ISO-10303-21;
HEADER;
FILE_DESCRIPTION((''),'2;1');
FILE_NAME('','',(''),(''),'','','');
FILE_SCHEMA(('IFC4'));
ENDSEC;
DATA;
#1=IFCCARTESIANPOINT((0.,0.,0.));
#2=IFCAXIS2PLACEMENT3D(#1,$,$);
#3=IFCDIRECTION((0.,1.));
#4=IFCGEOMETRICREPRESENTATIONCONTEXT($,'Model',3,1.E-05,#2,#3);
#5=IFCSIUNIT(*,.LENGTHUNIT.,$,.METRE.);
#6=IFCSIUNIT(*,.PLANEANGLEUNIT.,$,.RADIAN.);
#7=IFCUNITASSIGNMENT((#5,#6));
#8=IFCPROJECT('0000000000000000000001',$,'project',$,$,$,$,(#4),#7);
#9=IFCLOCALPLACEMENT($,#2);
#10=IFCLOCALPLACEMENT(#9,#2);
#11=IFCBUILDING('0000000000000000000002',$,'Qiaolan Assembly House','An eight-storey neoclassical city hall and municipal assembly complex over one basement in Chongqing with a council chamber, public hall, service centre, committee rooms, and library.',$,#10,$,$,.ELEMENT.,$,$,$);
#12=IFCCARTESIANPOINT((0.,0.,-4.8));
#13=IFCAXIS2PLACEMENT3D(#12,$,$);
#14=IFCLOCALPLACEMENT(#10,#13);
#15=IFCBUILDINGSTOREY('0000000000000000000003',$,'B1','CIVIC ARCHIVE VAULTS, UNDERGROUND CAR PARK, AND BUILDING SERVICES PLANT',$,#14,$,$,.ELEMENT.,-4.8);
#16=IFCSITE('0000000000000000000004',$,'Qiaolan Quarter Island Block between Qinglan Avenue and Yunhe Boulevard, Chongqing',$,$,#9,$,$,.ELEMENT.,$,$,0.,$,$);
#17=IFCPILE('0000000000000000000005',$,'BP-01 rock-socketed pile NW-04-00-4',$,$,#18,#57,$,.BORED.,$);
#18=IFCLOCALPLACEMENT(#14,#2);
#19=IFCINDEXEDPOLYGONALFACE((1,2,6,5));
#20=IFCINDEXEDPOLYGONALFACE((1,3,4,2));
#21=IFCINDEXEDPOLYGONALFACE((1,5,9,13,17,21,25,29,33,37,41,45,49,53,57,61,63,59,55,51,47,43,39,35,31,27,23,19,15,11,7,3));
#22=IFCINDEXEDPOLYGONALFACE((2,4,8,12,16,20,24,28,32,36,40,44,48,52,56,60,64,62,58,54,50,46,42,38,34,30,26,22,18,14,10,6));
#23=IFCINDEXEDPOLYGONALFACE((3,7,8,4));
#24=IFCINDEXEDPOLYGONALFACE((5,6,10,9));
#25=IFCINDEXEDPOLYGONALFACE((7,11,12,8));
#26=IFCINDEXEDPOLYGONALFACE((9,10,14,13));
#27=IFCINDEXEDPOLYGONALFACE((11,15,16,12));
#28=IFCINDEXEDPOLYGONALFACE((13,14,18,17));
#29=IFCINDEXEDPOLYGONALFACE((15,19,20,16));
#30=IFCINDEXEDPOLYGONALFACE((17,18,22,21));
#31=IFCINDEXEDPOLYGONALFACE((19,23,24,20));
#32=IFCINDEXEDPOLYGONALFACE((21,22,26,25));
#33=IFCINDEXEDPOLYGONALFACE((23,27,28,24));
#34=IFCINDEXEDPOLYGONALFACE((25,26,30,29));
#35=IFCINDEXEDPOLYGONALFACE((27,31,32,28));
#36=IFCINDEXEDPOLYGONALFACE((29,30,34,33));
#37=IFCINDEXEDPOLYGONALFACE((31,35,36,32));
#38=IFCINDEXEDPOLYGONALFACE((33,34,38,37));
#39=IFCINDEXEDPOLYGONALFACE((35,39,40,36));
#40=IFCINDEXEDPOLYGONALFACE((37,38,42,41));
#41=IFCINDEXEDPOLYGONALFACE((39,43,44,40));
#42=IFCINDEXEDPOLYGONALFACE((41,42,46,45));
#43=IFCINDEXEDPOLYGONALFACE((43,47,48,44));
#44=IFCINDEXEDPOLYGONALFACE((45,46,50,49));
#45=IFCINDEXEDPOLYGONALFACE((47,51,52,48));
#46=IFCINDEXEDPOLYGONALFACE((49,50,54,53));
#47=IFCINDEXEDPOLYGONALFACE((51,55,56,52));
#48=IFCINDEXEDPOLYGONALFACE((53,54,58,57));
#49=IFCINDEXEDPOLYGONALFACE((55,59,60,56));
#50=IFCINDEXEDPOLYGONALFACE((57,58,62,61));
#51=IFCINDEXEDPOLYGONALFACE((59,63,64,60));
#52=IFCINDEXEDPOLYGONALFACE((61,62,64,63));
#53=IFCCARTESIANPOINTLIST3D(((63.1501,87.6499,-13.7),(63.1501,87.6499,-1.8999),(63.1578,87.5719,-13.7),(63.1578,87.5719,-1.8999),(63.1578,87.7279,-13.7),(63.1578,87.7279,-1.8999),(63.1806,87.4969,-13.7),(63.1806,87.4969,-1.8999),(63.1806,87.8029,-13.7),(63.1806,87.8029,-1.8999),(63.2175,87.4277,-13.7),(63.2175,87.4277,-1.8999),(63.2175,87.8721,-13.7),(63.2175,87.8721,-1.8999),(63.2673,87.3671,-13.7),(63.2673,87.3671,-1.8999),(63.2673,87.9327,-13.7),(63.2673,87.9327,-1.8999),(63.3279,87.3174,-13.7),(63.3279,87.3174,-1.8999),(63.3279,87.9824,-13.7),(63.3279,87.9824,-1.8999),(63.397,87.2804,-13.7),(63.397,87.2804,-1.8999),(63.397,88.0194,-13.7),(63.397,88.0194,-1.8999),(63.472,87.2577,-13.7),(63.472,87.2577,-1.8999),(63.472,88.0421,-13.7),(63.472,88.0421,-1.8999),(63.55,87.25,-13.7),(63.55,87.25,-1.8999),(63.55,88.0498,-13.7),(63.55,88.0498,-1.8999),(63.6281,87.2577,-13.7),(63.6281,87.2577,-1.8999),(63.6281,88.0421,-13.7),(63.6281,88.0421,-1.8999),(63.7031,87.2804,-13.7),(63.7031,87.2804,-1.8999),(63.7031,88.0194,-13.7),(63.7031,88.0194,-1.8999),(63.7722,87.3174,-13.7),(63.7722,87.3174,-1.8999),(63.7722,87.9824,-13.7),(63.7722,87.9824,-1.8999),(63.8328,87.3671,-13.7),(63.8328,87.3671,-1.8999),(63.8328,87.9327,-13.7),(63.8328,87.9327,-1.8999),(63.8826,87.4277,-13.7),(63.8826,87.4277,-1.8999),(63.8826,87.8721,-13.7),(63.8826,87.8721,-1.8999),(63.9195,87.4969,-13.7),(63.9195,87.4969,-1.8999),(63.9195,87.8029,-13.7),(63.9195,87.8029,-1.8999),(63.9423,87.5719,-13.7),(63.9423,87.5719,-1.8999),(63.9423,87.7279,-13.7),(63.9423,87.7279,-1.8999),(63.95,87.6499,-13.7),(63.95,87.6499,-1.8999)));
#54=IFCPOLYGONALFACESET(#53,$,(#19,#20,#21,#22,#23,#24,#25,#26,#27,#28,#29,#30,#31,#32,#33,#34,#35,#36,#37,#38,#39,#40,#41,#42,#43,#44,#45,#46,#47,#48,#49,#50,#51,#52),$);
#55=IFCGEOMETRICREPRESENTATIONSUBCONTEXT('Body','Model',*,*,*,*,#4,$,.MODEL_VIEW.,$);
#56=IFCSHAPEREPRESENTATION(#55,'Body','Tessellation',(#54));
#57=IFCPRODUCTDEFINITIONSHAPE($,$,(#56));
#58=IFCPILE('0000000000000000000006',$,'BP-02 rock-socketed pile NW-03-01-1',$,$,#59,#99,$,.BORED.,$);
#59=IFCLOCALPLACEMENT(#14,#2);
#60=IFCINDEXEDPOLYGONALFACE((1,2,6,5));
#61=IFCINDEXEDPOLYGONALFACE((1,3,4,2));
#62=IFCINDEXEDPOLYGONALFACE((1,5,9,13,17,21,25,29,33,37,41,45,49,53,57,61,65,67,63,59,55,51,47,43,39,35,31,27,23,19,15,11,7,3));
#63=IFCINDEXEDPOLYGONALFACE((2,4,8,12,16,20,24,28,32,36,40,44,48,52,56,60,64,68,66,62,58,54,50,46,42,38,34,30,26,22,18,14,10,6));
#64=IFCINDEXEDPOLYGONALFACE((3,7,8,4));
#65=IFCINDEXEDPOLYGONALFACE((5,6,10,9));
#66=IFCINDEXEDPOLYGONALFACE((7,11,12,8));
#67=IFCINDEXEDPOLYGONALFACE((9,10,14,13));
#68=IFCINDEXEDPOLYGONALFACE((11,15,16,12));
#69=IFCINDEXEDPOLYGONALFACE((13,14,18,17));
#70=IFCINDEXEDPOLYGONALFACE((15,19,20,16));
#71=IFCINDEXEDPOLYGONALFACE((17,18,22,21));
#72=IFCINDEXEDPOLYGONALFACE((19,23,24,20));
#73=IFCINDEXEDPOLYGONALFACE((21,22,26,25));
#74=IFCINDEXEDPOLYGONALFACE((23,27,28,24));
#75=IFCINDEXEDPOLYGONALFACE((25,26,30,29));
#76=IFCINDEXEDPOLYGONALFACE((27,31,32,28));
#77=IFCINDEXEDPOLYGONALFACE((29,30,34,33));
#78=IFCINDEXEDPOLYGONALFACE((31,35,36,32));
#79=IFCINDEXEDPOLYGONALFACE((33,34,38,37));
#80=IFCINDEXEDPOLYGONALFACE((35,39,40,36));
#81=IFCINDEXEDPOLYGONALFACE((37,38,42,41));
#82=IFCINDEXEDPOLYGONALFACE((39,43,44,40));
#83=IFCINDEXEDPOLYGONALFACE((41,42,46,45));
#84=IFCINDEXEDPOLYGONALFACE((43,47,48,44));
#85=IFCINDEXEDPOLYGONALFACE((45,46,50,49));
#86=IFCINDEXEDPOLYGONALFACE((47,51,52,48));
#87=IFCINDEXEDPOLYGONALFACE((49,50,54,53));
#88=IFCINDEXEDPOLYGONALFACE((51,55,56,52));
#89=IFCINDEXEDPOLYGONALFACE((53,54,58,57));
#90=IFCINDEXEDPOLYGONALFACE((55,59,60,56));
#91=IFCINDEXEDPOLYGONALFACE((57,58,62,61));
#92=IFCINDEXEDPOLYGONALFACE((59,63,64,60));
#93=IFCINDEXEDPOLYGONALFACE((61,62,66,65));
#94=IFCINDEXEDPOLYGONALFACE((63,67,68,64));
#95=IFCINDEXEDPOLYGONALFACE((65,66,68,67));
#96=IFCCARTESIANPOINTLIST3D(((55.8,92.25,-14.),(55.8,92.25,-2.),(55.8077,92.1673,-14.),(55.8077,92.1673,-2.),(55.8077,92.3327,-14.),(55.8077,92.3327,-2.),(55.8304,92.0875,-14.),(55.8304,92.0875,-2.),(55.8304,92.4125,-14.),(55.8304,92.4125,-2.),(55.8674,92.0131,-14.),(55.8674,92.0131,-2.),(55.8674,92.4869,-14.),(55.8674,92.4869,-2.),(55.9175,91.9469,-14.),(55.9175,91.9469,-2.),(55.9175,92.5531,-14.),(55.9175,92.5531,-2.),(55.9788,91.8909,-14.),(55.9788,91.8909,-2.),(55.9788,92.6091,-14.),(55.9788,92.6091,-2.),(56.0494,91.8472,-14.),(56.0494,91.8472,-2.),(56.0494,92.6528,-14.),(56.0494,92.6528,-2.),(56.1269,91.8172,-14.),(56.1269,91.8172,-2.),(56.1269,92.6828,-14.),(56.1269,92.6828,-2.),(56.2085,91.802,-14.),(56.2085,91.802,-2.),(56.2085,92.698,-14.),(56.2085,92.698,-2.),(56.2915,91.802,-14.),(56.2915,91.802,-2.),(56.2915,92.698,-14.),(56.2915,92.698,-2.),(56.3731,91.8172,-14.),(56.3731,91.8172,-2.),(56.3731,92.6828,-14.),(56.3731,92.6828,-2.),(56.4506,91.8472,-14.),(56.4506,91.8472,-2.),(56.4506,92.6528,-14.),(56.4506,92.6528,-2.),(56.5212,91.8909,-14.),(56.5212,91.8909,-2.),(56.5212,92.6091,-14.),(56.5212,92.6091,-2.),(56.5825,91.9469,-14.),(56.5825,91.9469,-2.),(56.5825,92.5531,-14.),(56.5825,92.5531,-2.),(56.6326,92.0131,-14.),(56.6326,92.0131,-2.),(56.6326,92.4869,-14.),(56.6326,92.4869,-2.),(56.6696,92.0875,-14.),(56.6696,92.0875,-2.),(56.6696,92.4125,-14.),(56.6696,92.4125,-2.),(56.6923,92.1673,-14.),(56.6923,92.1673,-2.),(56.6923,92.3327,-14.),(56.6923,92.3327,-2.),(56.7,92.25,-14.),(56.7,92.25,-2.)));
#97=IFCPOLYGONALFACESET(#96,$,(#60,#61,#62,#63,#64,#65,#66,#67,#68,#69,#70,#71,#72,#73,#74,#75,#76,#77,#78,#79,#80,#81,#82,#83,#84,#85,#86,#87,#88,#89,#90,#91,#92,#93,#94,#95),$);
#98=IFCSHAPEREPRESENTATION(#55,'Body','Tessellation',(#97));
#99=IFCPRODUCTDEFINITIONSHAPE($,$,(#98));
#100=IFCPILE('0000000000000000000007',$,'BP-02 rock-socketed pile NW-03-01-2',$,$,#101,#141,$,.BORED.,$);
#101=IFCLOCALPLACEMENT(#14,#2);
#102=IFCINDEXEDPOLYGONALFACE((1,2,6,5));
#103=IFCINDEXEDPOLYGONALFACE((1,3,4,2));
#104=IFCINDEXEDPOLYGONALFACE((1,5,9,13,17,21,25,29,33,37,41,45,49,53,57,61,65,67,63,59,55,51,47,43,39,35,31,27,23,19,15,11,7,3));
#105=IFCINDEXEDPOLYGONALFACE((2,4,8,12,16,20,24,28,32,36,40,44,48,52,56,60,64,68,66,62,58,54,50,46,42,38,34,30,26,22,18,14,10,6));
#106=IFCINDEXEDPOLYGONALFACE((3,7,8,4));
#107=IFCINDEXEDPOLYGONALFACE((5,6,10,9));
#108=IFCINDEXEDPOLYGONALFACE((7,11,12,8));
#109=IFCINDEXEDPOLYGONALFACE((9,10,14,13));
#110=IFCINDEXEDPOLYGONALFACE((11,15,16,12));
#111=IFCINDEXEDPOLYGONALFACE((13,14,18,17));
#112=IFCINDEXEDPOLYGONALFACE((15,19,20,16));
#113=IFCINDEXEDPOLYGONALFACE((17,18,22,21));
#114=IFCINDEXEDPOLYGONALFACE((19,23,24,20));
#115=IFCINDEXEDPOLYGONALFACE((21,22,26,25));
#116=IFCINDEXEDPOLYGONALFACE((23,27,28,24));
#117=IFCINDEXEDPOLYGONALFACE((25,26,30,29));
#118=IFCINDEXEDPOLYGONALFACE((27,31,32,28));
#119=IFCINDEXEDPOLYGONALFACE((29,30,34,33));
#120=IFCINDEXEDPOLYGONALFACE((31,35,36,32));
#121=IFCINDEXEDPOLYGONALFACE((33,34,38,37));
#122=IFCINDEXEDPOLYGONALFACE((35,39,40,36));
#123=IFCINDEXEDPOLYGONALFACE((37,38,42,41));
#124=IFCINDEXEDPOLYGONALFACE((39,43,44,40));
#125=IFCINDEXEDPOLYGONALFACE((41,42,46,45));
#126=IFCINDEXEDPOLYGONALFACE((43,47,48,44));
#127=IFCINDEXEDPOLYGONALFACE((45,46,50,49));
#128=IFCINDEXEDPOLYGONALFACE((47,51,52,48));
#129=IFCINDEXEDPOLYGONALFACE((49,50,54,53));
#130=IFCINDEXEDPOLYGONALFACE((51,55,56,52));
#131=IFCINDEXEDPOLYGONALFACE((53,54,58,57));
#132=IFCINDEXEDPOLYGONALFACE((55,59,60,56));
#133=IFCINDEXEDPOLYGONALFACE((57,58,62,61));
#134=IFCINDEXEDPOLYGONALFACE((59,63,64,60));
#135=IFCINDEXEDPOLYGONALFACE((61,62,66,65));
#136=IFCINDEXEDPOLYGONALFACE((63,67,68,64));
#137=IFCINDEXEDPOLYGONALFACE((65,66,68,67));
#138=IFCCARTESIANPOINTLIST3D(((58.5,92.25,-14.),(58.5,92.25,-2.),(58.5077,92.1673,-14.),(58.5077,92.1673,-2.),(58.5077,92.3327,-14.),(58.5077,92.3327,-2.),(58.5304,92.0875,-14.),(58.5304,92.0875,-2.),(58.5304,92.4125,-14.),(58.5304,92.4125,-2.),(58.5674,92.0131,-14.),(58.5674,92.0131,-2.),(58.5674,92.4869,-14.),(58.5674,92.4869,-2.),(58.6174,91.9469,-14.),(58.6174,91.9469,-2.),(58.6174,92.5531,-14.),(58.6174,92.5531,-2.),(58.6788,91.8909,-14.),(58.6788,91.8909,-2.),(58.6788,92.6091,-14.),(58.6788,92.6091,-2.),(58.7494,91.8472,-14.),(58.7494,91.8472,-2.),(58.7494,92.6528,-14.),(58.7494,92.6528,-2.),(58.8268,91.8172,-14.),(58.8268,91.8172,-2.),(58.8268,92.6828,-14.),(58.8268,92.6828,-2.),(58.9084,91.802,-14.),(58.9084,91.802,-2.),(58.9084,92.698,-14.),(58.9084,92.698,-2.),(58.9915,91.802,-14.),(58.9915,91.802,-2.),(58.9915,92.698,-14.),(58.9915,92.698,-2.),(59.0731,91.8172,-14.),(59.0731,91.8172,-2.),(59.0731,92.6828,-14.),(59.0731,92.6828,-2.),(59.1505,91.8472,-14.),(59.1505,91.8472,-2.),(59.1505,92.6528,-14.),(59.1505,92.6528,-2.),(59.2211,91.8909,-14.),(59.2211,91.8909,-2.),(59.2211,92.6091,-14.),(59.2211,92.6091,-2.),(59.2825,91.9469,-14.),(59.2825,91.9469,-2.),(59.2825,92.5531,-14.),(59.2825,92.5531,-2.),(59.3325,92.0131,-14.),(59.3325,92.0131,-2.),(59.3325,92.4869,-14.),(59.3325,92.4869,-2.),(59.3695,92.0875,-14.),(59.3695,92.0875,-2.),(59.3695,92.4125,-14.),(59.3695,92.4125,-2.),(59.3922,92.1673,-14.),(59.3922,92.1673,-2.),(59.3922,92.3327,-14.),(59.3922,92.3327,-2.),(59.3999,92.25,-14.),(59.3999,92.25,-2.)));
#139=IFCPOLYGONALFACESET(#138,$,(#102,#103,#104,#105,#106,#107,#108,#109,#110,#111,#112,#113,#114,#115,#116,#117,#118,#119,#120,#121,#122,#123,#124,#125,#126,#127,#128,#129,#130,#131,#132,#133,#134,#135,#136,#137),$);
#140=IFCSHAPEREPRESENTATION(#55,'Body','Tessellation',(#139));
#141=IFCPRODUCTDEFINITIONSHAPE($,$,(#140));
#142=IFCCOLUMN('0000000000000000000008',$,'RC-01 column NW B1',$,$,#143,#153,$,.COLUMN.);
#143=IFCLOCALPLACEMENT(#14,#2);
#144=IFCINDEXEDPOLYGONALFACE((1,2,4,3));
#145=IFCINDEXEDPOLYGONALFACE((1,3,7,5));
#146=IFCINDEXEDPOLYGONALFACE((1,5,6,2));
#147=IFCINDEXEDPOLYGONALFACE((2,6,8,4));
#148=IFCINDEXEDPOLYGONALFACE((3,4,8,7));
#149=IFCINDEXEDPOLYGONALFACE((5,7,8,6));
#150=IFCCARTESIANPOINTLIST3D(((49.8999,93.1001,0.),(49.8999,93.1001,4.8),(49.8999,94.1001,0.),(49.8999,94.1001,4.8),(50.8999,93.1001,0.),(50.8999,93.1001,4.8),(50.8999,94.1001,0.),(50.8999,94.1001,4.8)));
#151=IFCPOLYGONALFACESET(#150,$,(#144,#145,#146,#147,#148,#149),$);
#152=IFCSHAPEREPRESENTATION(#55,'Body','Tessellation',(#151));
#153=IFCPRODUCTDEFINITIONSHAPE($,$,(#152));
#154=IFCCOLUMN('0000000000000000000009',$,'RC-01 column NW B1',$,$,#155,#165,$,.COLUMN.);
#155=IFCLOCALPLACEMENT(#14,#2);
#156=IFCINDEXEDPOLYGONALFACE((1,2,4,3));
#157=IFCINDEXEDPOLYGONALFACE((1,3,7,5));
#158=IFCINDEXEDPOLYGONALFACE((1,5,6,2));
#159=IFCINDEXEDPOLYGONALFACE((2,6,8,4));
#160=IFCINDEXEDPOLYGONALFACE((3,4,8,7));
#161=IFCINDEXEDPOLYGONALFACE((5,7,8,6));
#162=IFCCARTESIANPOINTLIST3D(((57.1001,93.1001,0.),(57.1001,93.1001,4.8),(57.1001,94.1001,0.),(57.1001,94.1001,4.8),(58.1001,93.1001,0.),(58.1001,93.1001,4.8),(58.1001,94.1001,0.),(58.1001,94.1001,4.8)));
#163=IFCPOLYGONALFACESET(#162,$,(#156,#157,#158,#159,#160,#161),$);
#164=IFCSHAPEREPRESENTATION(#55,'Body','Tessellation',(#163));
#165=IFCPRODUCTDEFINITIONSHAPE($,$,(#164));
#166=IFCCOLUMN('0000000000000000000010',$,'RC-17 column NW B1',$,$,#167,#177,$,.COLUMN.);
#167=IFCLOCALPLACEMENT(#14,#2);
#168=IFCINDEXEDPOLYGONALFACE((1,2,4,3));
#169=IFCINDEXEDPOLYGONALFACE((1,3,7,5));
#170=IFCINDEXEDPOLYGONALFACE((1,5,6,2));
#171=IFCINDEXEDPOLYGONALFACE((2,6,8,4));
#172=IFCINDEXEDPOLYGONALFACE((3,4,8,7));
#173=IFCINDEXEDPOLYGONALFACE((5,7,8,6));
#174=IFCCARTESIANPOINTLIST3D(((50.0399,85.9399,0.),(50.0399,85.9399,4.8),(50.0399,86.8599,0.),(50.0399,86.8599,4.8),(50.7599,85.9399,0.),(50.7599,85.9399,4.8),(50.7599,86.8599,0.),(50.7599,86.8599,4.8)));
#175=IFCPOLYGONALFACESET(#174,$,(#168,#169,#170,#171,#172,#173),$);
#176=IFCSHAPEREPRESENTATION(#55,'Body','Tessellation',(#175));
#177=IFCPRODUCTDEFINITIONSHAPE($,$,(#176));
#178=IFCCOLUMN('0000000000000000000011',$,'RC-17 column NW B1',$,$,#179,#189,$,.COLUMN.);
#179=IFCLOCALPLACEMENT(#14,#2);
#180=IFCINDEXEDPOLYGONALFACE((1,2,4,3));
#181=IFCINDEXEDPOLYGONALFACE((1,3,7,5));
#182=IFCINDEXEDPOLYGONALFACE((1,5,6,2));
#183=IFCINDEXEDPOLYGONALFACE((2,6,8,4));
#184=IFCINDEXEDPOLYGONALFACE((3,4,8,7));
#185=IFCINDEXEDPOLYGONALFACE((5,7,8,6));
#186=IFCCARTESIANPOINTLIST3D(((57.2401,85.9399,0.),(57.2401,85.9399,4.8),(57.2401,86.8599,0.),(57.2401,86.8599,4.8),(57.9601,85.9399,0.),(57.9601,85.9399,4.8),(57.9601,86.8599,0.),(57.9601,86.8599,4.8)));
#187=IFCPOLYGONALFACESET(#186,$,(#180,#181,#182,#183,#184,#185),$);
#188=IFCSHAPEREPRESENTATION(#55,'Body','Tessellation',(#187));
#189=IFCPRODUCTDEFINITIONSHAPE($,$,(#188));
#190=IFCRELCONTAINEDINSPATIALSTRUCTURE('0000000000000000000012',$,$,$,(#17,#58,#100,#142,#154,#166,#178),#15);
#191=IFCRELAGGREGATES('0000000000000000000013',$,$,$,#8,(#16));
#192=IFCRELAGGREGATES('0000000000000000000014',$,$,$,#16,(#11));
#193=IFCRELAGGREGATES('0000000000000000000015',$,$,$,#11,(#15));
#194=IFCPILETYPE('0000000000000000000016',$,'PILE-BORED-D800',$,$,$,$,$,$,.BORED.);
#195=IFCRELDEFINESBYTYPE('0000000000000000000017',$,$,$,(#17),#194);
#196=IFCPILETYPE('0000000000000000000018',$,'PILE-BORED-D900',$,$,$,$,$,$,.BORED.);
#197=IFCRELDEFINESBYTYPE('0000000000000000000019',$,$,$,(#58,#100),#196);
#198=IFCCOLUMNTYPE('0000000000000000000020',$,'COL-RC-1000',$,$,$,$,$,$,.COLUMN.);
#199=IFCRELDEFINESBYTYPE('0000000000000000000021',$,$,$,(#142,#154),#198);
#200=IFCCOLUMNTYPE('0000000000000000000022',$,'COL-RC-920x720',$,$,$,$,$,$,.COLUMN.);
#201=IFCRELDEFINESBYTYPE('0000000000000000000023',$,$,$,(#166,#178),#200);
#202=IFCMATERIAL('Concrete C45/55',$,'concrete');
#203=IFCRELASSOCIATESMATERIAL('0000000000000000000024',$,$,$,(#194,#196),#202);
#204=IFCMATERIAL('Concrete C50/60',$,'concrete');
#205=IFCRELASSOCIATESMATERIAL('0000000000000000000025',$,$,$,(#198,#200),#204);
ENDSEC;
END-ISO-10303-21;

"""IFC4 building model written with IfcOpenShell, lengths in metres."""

from ifc_helpers import new_model, si_unit, direction, frame, origin, origin_2d, place, context, subcontext, project, spatial, rectangle, circle, extrude, material, material_profile, profile_set, type_object, element, save


model = new_model("IFC4")

# Units and contexts
model_context = context("Model", 3, precision=1e-05, world=origin(), true_north=direction((0.0, 1.0)))
body_context = subcontext(model_context, "Body", "Model", "MODEL_VIEW")
ifc_project = project(units=[si_unit("LENGTHUNIT", "METRE"), si_unit("PLANEANGLEUNIT", "RADIAN")], contexts=[model_context])

# Site, building, storey
site_placement = place(None, origin())
site = spatial("IfcSite", under=ifc_project, at=site_placement, Name="Qiaolan Quarter Island Block between Qinglan Avenue and Yunhe Boulevard, Chongqing", CompositionType="ELEMENT", RefElevation=0.0)
building_placement = place(site_placement, origin())
building = spatial("IfcBuilding", under=site, at=building_placement, Name="Qiaolan Assembly House", Description="An eight-storey neoclassical city hall and municipal assembly complex over one basement in Chongqing with a council chamber, public hall, service centre, committee rooms, and library.", CompositionType="ELEMENT")
storey_placement = place(building_placement, frame((0.0, 0.0, -4.8)))
storey = spatial("IfcBuildingStorey", under=building, at=storey_placement, Name="B1", Description="CIVIC ARCHIVE VAULTS, UNDERGROUND CAR PARK, AND BUILDING SERVICES PLANT", CompositionType="ELEMENT", Elevation=-4.8)

# Piles
ifc_material_1 = material(Name="Concrete C45/55", Category="concrete")
ifc_material_profile_1 = material_profile(ifc_material_1, circle(Radius=0.3999, at=origin_2d()), Name="PILE D800")
ifc_profile_set_1 = profile_set([ifc_material_profile_1], Name="Concrete C45/55")
pile_type_1 = type_object("IfcPileType", Name="PILE-BORED-D800", PredefinedType="BORED", material=ifc_profile_set_1)
for number, where, z_axis, x_axis, name in (
    (1, (63.55, 87.6499, -1.8999), (0.0, 0.0, -1.0), (1.0, 0.0, 0.0), "BP-01 rock-socketed pile NW-04-00-4"),
):
    element("IfcPile", number, at=place(storey_placement, frame(where, z_axis=z_axis, x_axis=x_axis)), inside=storey, type_object=pile_type_1, Name=name, PredefinedType="BORED", context=body_context, shape_type="SweptSolid", body=[
        extrude(circle(Radius=0.3999, at=origin_2d()), origin(), (0.0, 0.0, 1.0), 11.8),
    ])
ifc_material_profile_2 = material_profile(ifc_material_1, circle(Radius=0.45, at=origin_2d()), Name="PILE D900")
ifc_profile_set_2 = profile_set([ifc_material_profile_2], Name="Concrete C45/55")
pile_type_2 = type_object("IfcPileType", Name="PILE-BORED-D900", PredefinedType="BORED", material=ifc_profile_set_2)
for number, where, z_axis, x_axis, name in (
    (2, (56.25, 92.25, -2.0), (0.0, 0.0, -1.0), (1.0, 0.0, 0.0), "BP-02 rock-socketed pile NW-03-01-1"),
    (3, (58.95, 92.25, -2.0), (0.0, 0.0, -1.0), (1.0, 0.0, 0.0), "BP-02 rock-socketed pile NW-03-01-2"),
):
    element("IfcPile", number, at=place(storey_placement, frame(where, z_axis=z_axis, x_axis=x_axis)), inside=storey, type_object=pile_type_2, Name=name, PredefinedType="BORED", context=body_context, shape_type="SweptSolid", body=[
        extrude(circle(Radius=0.45, at=origin_2d()), origin(), (0.0, 0.0, 1.0), 12.0),
    ])

# Columns
ifc_material_2 = material(Name="Concrete C50/60", Category="concrete")
ifc_material_profile_3 = material_profile(ifc_material_2, rectangle(XDim=1.0, YDim=1.0, at=origin_2d()), Name="RC 1000x1000")
ifc_profile_set_3 = profile_set([ifc_material_profile_3], Name="Concrete C50/60")
column_type_1 = type_object("IfcColumnType", Name="COL-RC-1000", PredefinedType="COLUMN", material=ifc_profile_set_3)
for number, where, z_axis, x_axis, name in (
    (4, (50.3999, 93.6001, 0.0), (0.0, 0.0, 1.0), (1.0, 0.0, 0.0), "RC-01 column NW B1"),
    (5, (57.6001, 93.6001, 0.0), (0.0, 0.0, 1.0), (1.0, 0.0, 0.0), "RC-01 column NW B1"),
):
    element("IfcColumn", number, at=place(storey_placement, frame(where, z_axis=z_axis, x_axis=x_axis)), inside=storey, type_object=column_type_1, Name=name, PredefinedType="COLUMN", context=body_context, shape_type="SweptSolid", body=[
        extrude(rectangle(XDim=1.0, YDim=1.0, at=origin_2d()), origin(), (0.0, 0.0, 1.0), 4.8),
    ])
ifc_material_profile_4 = material_profile(ifc_material_2, rectangle(XDim=0.72, YDim=0.9199, at=origin_2d()), Name="RC 920x720")
ifc_profile_set_4 = profile_set([ifc_material_profile_4], Name="Concrete C50/60")
column_type_2 = type_object("IfcColumnType", Name="COL-RC-920x720", PredefinedType="COLUMN", material=ifc_profile_set_4)
for number, where, z_axis, x_axis, name in (
    (6, (50.3999, 86.3999, 0.0), (0.0, 0.0, 1.0), (1.0, 0.0, 0.0), "RC-17 column NW B1"),
    (7, (57.6001, 86.3999, 0.0), (0.0, 0.0, 1.0), (1.0, 0.0, 0.0), "RC-17 column NW B1"),
):
    element("IfcColumn", number, at=place(storey_placement, frame(where, z_axis=z_axis, x_axis=x_axis)), inside=storey, type_object=column_type_2, Name=name, PredefinedType="COLUMN", context=body_context, shape_type="SweptSolid", body=[
        extrude(rectangle(XDim=0.72, YDim=0.9199, at=origin_2d()), origin(), (0.0, 0.0, 1.0), 4.8),
    ])

save(model, "model.ifc")
